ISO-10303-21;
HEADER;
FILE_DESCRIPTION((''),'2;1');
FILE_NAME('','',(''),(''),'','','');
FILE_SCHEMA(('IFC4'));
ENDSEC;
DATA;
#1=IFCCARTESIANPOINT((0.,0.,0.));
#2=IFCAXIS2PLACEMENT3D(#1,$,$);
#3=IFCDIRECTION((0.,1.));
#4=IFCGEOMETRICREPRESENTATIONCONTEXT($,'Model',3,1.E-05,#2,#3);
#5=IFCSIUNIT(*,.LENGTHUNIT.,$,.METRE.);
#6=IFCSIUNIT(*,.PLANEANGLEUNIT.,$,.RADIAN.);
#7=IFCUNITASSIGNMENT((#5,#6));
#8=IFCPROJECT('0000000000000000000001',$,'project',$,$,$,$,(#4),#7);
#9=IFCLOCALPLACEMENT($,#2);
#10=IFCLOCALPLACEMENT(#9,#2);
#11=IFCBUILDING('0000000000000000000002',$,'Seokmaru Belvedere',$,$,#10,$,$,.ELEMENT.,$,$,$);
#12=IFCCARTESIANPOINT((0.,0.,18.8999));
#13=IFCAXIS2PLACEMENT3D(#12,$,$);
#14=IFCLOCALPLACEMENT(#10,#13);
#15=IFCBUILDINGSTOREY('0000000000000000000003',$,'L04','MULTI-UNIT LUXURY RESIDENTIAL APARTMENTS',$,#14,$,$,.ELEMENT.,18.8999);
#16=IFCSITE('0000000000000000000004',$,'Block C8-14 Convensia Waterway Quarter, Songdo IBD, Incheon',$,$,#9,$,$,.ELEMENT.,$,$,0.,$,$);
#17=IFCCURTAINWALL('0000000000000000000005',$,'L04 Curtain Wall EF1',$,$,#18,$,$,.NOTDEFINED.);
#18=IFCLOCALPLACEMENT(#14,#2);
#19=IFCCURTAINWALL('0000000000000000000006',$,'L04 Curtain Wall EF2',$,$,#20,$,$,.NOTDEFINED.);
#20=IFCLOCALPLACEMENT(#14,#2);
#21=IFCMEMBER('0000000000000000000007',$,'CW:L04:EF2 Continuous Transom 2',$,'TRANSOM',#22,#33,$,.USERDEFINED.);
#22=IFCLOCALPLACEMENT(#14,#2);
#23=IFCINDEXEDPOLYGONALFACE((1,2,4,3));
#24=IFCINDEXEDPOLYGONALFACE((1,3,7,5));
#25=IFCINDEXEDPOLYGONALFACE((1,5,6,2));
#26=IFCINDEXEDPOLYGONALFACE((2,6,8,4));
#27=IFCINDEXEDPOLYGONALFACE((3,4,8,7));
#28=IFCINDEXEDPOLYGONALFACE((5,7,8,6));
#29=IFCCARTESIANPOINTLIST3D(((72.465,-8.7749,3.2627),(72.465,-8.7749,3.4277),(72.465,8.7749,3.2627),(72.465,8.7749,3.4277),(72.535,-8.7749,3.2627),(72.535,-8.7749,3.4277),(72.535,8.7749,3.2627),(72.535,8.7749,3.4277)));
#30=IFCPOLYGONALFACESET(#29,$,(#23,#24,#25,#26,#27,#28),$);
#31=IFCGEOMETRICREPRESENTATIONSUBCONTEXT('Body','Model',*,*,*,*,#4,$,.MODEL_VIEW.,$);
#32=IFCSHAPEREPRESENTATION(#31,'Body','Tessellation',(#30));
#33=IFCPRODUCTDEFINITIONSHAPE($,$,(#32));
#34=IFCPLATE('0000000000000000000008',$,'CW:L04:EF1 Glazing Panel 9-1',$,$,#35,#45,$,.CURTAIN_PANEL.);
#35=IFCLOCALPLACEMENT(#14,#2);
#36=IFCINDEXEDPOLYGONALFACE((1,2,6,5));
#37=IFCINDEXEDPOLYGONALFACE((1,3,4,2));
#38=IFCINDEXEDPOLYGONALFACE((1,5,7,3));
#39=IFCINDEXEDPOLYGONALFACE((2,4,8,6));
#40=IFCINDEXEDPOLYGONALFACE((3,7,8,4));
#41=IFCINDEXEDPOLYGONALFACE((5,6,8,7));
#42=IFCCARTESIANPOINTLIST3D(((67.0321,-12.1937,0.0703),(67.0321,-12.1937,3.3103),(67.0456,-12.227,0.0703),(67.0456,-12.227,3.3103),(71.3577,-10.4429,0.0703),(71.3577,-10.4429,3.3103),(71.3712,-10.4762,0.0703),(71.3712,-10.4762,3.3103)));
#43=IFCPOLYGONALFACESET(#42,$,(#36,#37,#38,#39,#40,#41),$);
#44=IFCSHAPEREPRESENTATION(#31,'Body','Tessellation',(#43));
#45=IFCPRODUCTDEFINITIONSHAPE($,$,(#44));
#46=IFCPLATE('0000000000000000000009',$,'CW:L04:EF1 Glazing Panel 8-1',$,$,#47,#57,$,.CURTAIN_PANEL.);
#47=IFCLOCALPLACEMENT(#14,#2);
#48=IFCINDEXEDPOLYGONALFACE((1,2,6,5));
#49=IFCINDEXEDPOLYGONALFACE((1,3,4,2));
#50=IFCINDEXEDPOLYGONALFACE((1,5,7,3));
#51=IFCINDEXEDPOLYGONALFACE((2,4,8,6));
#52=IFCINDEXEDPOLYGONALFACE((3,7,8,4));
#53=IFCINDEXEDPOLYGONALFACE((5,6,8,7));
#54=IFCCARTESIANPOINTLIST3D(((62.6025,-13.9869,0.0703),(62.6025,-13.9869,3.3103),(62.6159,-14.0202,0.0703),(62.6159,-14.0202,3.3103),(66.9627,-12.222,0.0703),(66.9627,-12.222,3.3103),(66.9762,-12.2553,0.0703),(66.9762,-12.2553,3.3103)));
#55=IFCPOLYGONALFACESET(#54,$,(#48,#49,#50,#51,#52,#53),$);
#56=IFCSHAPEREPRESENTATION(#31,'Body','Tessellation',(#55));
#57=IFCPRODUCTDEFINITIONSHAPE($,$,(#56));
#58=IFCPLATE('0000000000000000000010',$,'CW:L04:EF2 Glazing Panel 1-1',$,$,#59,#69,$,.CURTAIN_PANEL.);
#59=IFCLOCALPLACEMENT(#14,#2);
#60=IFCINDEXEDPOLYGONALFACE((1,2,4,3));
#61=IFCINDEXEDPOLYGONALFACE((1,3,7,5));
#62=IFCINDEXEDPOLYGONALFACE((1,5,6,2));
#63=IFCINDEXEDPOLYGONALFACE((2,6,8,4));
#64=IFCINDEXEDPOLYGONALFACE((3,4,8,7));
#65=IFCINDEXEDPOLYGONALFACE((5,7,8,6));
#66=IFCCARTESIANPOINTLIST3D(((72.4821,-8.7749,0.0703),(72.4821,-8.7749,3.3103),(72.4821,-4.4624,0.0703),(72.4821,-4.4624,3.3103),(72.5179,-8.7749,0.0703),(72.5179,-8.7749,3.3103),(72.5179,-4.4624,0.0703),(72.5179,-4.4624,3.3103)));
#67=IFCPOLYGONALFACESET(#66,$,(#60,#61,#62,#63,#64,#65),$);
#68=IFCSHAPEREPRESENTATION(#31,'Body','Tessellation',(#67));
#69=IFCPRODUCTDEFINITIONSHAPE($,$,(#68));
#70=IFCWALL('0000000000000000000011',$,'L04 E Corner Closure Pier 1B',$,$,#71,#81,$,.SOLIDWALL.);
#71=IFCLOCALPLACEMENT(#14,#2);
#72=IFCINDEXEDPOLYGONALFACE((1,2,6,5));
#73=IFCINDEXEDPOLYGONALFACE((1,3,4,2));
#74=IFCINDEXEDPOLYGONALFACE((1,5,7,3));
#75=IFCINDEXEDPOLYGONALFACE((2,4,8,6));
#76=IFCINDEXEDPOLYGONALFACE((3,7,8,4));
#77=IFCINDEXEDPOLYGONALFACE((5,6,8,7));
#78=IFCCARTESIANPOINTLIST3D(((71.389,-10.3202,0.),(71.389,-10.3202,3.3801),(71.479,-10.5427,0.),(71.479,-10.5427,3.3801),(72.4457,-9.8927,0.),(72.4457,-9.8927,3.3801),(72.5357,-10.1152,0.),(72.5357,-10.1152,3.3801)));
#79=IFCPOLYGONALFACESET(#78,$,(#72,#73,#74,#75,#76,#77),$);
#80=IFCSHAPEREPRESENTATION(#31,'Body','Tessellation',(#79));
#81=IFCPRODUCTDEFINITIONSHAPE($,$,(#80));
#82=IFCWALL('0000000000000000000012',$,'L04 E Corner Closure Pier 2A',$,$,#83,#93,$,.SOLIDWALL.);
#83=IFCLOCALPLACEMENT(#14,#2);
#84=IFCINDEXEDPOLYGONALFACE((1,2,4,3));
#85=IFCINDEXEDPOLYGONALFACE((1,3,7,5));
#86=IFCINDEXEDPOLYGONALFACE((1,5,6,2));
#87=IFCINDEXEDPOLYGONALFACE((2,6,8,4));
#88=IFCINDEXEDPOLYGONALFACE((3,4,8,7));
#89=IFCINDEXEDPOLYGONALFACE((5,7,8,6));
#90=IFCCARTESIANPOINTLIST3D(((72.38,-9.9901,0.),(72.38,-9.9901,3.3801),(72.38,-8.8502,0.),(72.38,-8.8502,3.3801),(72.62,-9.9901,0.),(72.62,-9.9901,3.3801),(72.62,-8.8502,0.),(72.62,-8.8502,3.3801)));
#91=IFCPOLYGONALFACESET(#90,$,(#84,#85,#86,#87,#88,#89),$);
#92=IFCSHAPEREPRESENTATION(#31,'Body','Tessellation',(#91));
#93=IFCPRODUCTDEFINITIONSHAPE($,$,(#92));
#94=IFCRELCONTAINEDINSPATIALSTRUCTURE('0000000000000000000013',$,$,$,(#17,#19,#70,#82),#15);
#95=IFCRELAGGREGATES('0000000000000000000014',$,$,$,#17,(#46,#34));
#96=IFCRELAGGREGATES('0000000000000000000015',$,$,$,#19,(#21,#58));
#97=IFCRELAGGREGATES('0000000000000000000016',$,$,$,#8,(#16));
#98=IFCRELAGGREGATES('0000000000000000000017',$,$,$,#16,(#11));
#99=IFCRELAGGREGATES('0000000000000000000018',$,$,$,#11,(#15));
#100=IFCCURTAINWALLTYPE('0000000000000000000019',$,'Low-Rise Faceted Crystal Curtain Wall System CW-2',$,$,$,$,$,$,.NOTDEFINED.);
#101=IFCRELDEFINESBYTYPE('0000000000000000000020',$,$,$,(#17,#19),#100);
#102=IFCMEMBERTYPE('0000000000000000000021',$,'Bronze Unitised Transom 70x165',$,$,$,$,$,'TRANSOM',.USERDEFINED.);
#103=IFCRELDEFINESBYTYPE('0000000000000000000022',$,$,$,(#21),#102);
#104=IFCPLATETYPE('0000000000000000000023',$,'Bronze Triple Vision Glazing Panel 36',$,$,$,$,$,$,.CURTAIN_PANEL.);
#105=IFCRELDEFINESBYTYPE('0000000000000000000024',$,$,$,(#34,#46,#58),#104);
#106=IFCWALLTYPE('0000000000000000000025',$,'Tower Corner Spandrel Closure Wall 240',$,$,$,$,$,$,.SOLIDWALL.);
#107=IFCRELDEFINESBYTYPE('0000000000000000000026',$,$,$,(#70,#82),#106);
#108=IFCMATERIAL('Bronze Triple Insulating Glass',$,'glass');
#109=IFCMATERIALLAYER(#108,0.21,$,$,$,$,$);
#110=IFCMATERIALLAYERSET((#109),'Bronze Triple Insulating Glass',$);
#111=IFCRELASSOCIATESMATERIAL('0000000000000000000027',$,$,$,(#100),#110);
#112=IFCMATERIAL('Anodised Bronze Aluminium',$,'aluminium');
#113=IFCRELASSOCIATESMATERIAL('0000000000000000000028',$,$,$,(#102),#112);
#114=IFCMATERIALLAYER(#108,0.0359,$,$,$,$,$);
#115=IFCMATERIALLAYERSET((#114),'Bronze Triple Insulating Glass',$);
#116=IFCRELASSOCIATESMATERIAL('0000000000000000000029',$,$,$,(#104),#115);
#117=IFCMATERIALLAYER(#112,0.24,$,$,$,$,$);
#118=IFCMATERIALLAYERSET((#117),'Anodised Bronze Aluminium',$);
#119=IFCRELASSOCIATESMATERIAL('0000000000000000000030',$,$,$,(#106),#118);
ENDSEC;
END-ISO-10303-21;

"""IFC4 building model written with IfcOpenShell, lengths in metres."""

from ifc_helpers import new_model, si_unit, direction, frame, frame_2d, origin, origin_2d, place, context, subcontext, project, spatial, rectangle, extrude, source, transform, mapped, material, layer, layer_set, material_profile, profile_set, type_object, type_shapes, element, aggregate, save


model = new_model("IFC4")

# Units and contexts
model_context = context("Model", 3, precision=1e-05, world=origin(), true_north=direction((0.0, 1.0)))
body_context = subcontext(model_context, "Body", "Model", "MODEL_VIEW")
ifc_project = project(units=[si_unit("LENGTHUNIT", "METRE"), si_unit("PLANEANGLEUNIT", "RADIAN")], contexts=[model_context])

# Site, building, storey
site_placement = place(None, origin())
site = spatial("IfcSite", under=ifc_project, at=site_placement, Name="Block C8-14 Convensia Waterway Quarter, Songdo IBD, Incheon", CompositionType="ELEMENT", RefElevation=0.0)
building_placement = place(site_placement, origin())
building = spatial("IfcBuilding", under=site, at=building_placement, Name="Seokmaru Belvedere", CompositionType="ELEMENT")
storey_placement = place(building_placement, frame((0.0, 0.0, 18.8999)))
storey = spatial("IfcBuildingStorey", under=building, at=storey_placement, Name="L04", Description="MULTI-UNIT LUXURY RESIDENTIAL APARTMENTS", CompositionType="ELEMENT", Elevation=18.8999)

# Curtain walls
ifc_material_1 = material(Name="Bronze Triple Insulating Glass", Category="glass")
ifc_layer_1 = layer(ifc_material_1, 0.21)
ifc_layer_set_1 = layer_set([ifc_layer_1], Name="Bronze Triple Insulating Glass")
curtain_wall_type = type_object("IfcCurtainWallType", Name="Low-Rise Faceted Crystal Curtain Wall System CW-2", PredefinedType="NOTDEFINED", material=ifc_layer_set_1)
curtain_wall_1_placement = place(storey_placement, origin())
curtain_wall_1 = element("IfcCurtainWall", 1, at=curtain_wall_1_placement, inside=storey, type_object=curtain_wall_type, Name="L04 Curtain Wall EF1", PredefinedType="NOTDEFINED")
ifc_material_2 = material(Name="Anodised Bronze Aluminium", Category="aluminium")
curtain_wall_2_placement = place(storey_placement, origin())
curtain_wall_2 = element("IfcCurtainWall", 2, at=curtain_wall_2_placement, inside=storey, type_object=curtain_wall_type, Name="L04 Curtain Wall EF2", PredefinedType="NOTDEFINED")

# Member
ifc_material_profile_1 = material_profile(ifc_material_2, rectangle(XDim=0.0701, YDim=0.165, at=origin_2d()), Name="CW-T-70x165")
ifc_profile_set_1 = profile_set([ifc_material_profile_1], Name="Anodised Bronze Aluminium")
member_type_1 = type_object("IfcMemberType", Name="Bronze Unitised Transom 70x165", ElementType="TRANSOM", PredefinedType="USERDEFINED", material=ifc_profile_set_1)
shared_shape_1 = source(origin(), body_context, "Body", "SweptSolid", [
    extrude(rectangle(XDim=0.0701, YDim=0.165, at=origin_2d()), origin(), (0.0, 0.0, 1.0), 17.5498),
])
type_shapes(member_type_1, [shared_shape_1])
member_1_placement = place(storey_placement, frame((72.5, -8.7749, 3.3452), z_axis=(0.0, 1.0, 0.0), x_axis=(-1.0, 0.0, 0.0)))
member_1 = element("IfcMember", 3, at=member_1_placement, type_object=member_type_1, Name="CW:L04:EF2 Continuous Transom 2", ObjectType="TRANSOM", PredefinedType="USERDEFINED", context=body_context, shape_type="MappedRepresentation", body=[
    mapped(shared_shape_1, transform((0.0, 0.0, 0.0), scale=1.0)),
])

# Plates
ifc_layer_2 = layer(ifc_material_1, 0.0359)
ifc_layer_set_2 = layer_set([ifc_layer_2], Name="Bronze Triple Insulating Glass")
plate_type = type_object("IfcPlateType", Name="Bronze Triple Vision Glazing Panel 36", PredefinedType="CURTAIN_PANEL", material=ifc_layer_set_2)
shared_shape_2 = source(origin(), body_context, "Body", "SweptSolid", [
    extrude(rectangle(XDim=4.6665, YDim=0.0359, at=origin_2d()), origin(), (0.0, 0.0, 1.0), 3.24),
])
plate_1_placement = place(storey_placement, frame((69.2017, -11.335, 0.0703), z_axis=(0.0, 0.0, 1.0), x_axis=(0.926947, 0.375192, 0.0)))
plate_1 = element("IfcPlate", 4, at=plate_1_placement, type_object=plate_type, Name="CW:L04:EF1 Glazing Panel 9-1", PredefinedType="CURTAIN_PANEL", context=body_context, shape_type="MappedRepresentation", body=[
    mapped(shared_shape_2, transform((0.0, 0.0, 0.0), scale=1.0)),
])
shared_shape_3 = source(origin(), body_context, "Body", "SweptSolid", [
    extrude(rectangle(XDim=4.7039, YDim=0.0359, at=origin_2d()), origin(), (0.0, 0.0, 1.0), 3.24),
])
plate_2_placement = place(storey_placement, frame((64.7893, -13.1211, 0.0703), z_axis=(0.0, 0.0, 1.0), x_axis=(0.926947, 0.375192, 0.0)))
plate_2 = element("IfcPlate", 5, at=plate_2_placement, type_object=plate_type, Name="CW:L04:EF1 Glazing Panel 8-1", PredefinedType="CURTAIN_PANEL", context=body_context, shape_type="MappedRepresentation", body=[
    mapped(shared_shape_3, transform((0.0, 0.0, 0.0), scale=1.0)),
])
aggregate(curtain_wall_1, [plate_2, plate_1])
shared_shape_4 = source(origin(), body_context, "Body", "SweptSolid", [
    extrude(rectangle(XDim=4.3125, YDim=0.0359, at=origin_2d()), origin(), (0.0, 0.0, 1.0), 3.24),
])
type_shapes(plate_type, [shared_shape_2, shared_shape_3, shared_shape_4])
plate_3_placement = place(storey_placement, frame((72.5, -6.6187, 0.0703), z_axis=(0.0, 0.0, 1.0), x_axis=(0.0, 1.0, 0.0)))
plate_3 = element("IfcPlate", 6, at=plate_3_placement, type_object=plate_type, Name="CW:L04:EF2 Glazing Panel 1-1", PredefinedType="CURTAIN_PANEL", context=body_context, shape_type="MappedRepresentation", body=[
    mapped(shared_shape_4, transform((0.0, 0.0, 0.0), scale=1.0)),
])
aggregate(curtain_wall_2, [member_1, plate_3])

# Walls
ifc_layer_3 = layer(ifc_material_2, 0.24)
ifc_layer_set_3 = layer_set([ifc_layer_3], Name="Anodised Bronze Aluminium")
wall_type = type_object("IfcWallType", Name="Tower Corner Spandrel Closure Wall 240", PredefinedType="SOLIDWALL", material=ifc_layer_set_3)
for number, where, z_axis, x_axis, name in (
    (7, (71.4341, -10.4314, 0.0), (0.0, 0.0, 1.0), (0.927007, 0.375044, 0.0), "L04 E Corner Closure Pier 1B"),
    (8, (72.5, -9.99, 0.0), (0.0, 0.0, 1.0), (0.0, 1.0, 0.0), "L04 E Corner Closure Pier 2A"),
):
    element("IfcWall", number, at=place(storey_placement, frame(where, z_axis=z_axis, x_axis=x_axis)), inside=storey, type_object=wall_type, Name=name, PredefinedType="SOLIDWALL", context=body_context, shape_type="SweptSolid", body=[
        extrude(rectangle(XDim=1.1399, YDim=0.24, at=frame_2d((0.5698, 0.0))), origin(), (0.0, 0.0, 1.0), 3.3801),
    ])

save(model, "model.ifc")
